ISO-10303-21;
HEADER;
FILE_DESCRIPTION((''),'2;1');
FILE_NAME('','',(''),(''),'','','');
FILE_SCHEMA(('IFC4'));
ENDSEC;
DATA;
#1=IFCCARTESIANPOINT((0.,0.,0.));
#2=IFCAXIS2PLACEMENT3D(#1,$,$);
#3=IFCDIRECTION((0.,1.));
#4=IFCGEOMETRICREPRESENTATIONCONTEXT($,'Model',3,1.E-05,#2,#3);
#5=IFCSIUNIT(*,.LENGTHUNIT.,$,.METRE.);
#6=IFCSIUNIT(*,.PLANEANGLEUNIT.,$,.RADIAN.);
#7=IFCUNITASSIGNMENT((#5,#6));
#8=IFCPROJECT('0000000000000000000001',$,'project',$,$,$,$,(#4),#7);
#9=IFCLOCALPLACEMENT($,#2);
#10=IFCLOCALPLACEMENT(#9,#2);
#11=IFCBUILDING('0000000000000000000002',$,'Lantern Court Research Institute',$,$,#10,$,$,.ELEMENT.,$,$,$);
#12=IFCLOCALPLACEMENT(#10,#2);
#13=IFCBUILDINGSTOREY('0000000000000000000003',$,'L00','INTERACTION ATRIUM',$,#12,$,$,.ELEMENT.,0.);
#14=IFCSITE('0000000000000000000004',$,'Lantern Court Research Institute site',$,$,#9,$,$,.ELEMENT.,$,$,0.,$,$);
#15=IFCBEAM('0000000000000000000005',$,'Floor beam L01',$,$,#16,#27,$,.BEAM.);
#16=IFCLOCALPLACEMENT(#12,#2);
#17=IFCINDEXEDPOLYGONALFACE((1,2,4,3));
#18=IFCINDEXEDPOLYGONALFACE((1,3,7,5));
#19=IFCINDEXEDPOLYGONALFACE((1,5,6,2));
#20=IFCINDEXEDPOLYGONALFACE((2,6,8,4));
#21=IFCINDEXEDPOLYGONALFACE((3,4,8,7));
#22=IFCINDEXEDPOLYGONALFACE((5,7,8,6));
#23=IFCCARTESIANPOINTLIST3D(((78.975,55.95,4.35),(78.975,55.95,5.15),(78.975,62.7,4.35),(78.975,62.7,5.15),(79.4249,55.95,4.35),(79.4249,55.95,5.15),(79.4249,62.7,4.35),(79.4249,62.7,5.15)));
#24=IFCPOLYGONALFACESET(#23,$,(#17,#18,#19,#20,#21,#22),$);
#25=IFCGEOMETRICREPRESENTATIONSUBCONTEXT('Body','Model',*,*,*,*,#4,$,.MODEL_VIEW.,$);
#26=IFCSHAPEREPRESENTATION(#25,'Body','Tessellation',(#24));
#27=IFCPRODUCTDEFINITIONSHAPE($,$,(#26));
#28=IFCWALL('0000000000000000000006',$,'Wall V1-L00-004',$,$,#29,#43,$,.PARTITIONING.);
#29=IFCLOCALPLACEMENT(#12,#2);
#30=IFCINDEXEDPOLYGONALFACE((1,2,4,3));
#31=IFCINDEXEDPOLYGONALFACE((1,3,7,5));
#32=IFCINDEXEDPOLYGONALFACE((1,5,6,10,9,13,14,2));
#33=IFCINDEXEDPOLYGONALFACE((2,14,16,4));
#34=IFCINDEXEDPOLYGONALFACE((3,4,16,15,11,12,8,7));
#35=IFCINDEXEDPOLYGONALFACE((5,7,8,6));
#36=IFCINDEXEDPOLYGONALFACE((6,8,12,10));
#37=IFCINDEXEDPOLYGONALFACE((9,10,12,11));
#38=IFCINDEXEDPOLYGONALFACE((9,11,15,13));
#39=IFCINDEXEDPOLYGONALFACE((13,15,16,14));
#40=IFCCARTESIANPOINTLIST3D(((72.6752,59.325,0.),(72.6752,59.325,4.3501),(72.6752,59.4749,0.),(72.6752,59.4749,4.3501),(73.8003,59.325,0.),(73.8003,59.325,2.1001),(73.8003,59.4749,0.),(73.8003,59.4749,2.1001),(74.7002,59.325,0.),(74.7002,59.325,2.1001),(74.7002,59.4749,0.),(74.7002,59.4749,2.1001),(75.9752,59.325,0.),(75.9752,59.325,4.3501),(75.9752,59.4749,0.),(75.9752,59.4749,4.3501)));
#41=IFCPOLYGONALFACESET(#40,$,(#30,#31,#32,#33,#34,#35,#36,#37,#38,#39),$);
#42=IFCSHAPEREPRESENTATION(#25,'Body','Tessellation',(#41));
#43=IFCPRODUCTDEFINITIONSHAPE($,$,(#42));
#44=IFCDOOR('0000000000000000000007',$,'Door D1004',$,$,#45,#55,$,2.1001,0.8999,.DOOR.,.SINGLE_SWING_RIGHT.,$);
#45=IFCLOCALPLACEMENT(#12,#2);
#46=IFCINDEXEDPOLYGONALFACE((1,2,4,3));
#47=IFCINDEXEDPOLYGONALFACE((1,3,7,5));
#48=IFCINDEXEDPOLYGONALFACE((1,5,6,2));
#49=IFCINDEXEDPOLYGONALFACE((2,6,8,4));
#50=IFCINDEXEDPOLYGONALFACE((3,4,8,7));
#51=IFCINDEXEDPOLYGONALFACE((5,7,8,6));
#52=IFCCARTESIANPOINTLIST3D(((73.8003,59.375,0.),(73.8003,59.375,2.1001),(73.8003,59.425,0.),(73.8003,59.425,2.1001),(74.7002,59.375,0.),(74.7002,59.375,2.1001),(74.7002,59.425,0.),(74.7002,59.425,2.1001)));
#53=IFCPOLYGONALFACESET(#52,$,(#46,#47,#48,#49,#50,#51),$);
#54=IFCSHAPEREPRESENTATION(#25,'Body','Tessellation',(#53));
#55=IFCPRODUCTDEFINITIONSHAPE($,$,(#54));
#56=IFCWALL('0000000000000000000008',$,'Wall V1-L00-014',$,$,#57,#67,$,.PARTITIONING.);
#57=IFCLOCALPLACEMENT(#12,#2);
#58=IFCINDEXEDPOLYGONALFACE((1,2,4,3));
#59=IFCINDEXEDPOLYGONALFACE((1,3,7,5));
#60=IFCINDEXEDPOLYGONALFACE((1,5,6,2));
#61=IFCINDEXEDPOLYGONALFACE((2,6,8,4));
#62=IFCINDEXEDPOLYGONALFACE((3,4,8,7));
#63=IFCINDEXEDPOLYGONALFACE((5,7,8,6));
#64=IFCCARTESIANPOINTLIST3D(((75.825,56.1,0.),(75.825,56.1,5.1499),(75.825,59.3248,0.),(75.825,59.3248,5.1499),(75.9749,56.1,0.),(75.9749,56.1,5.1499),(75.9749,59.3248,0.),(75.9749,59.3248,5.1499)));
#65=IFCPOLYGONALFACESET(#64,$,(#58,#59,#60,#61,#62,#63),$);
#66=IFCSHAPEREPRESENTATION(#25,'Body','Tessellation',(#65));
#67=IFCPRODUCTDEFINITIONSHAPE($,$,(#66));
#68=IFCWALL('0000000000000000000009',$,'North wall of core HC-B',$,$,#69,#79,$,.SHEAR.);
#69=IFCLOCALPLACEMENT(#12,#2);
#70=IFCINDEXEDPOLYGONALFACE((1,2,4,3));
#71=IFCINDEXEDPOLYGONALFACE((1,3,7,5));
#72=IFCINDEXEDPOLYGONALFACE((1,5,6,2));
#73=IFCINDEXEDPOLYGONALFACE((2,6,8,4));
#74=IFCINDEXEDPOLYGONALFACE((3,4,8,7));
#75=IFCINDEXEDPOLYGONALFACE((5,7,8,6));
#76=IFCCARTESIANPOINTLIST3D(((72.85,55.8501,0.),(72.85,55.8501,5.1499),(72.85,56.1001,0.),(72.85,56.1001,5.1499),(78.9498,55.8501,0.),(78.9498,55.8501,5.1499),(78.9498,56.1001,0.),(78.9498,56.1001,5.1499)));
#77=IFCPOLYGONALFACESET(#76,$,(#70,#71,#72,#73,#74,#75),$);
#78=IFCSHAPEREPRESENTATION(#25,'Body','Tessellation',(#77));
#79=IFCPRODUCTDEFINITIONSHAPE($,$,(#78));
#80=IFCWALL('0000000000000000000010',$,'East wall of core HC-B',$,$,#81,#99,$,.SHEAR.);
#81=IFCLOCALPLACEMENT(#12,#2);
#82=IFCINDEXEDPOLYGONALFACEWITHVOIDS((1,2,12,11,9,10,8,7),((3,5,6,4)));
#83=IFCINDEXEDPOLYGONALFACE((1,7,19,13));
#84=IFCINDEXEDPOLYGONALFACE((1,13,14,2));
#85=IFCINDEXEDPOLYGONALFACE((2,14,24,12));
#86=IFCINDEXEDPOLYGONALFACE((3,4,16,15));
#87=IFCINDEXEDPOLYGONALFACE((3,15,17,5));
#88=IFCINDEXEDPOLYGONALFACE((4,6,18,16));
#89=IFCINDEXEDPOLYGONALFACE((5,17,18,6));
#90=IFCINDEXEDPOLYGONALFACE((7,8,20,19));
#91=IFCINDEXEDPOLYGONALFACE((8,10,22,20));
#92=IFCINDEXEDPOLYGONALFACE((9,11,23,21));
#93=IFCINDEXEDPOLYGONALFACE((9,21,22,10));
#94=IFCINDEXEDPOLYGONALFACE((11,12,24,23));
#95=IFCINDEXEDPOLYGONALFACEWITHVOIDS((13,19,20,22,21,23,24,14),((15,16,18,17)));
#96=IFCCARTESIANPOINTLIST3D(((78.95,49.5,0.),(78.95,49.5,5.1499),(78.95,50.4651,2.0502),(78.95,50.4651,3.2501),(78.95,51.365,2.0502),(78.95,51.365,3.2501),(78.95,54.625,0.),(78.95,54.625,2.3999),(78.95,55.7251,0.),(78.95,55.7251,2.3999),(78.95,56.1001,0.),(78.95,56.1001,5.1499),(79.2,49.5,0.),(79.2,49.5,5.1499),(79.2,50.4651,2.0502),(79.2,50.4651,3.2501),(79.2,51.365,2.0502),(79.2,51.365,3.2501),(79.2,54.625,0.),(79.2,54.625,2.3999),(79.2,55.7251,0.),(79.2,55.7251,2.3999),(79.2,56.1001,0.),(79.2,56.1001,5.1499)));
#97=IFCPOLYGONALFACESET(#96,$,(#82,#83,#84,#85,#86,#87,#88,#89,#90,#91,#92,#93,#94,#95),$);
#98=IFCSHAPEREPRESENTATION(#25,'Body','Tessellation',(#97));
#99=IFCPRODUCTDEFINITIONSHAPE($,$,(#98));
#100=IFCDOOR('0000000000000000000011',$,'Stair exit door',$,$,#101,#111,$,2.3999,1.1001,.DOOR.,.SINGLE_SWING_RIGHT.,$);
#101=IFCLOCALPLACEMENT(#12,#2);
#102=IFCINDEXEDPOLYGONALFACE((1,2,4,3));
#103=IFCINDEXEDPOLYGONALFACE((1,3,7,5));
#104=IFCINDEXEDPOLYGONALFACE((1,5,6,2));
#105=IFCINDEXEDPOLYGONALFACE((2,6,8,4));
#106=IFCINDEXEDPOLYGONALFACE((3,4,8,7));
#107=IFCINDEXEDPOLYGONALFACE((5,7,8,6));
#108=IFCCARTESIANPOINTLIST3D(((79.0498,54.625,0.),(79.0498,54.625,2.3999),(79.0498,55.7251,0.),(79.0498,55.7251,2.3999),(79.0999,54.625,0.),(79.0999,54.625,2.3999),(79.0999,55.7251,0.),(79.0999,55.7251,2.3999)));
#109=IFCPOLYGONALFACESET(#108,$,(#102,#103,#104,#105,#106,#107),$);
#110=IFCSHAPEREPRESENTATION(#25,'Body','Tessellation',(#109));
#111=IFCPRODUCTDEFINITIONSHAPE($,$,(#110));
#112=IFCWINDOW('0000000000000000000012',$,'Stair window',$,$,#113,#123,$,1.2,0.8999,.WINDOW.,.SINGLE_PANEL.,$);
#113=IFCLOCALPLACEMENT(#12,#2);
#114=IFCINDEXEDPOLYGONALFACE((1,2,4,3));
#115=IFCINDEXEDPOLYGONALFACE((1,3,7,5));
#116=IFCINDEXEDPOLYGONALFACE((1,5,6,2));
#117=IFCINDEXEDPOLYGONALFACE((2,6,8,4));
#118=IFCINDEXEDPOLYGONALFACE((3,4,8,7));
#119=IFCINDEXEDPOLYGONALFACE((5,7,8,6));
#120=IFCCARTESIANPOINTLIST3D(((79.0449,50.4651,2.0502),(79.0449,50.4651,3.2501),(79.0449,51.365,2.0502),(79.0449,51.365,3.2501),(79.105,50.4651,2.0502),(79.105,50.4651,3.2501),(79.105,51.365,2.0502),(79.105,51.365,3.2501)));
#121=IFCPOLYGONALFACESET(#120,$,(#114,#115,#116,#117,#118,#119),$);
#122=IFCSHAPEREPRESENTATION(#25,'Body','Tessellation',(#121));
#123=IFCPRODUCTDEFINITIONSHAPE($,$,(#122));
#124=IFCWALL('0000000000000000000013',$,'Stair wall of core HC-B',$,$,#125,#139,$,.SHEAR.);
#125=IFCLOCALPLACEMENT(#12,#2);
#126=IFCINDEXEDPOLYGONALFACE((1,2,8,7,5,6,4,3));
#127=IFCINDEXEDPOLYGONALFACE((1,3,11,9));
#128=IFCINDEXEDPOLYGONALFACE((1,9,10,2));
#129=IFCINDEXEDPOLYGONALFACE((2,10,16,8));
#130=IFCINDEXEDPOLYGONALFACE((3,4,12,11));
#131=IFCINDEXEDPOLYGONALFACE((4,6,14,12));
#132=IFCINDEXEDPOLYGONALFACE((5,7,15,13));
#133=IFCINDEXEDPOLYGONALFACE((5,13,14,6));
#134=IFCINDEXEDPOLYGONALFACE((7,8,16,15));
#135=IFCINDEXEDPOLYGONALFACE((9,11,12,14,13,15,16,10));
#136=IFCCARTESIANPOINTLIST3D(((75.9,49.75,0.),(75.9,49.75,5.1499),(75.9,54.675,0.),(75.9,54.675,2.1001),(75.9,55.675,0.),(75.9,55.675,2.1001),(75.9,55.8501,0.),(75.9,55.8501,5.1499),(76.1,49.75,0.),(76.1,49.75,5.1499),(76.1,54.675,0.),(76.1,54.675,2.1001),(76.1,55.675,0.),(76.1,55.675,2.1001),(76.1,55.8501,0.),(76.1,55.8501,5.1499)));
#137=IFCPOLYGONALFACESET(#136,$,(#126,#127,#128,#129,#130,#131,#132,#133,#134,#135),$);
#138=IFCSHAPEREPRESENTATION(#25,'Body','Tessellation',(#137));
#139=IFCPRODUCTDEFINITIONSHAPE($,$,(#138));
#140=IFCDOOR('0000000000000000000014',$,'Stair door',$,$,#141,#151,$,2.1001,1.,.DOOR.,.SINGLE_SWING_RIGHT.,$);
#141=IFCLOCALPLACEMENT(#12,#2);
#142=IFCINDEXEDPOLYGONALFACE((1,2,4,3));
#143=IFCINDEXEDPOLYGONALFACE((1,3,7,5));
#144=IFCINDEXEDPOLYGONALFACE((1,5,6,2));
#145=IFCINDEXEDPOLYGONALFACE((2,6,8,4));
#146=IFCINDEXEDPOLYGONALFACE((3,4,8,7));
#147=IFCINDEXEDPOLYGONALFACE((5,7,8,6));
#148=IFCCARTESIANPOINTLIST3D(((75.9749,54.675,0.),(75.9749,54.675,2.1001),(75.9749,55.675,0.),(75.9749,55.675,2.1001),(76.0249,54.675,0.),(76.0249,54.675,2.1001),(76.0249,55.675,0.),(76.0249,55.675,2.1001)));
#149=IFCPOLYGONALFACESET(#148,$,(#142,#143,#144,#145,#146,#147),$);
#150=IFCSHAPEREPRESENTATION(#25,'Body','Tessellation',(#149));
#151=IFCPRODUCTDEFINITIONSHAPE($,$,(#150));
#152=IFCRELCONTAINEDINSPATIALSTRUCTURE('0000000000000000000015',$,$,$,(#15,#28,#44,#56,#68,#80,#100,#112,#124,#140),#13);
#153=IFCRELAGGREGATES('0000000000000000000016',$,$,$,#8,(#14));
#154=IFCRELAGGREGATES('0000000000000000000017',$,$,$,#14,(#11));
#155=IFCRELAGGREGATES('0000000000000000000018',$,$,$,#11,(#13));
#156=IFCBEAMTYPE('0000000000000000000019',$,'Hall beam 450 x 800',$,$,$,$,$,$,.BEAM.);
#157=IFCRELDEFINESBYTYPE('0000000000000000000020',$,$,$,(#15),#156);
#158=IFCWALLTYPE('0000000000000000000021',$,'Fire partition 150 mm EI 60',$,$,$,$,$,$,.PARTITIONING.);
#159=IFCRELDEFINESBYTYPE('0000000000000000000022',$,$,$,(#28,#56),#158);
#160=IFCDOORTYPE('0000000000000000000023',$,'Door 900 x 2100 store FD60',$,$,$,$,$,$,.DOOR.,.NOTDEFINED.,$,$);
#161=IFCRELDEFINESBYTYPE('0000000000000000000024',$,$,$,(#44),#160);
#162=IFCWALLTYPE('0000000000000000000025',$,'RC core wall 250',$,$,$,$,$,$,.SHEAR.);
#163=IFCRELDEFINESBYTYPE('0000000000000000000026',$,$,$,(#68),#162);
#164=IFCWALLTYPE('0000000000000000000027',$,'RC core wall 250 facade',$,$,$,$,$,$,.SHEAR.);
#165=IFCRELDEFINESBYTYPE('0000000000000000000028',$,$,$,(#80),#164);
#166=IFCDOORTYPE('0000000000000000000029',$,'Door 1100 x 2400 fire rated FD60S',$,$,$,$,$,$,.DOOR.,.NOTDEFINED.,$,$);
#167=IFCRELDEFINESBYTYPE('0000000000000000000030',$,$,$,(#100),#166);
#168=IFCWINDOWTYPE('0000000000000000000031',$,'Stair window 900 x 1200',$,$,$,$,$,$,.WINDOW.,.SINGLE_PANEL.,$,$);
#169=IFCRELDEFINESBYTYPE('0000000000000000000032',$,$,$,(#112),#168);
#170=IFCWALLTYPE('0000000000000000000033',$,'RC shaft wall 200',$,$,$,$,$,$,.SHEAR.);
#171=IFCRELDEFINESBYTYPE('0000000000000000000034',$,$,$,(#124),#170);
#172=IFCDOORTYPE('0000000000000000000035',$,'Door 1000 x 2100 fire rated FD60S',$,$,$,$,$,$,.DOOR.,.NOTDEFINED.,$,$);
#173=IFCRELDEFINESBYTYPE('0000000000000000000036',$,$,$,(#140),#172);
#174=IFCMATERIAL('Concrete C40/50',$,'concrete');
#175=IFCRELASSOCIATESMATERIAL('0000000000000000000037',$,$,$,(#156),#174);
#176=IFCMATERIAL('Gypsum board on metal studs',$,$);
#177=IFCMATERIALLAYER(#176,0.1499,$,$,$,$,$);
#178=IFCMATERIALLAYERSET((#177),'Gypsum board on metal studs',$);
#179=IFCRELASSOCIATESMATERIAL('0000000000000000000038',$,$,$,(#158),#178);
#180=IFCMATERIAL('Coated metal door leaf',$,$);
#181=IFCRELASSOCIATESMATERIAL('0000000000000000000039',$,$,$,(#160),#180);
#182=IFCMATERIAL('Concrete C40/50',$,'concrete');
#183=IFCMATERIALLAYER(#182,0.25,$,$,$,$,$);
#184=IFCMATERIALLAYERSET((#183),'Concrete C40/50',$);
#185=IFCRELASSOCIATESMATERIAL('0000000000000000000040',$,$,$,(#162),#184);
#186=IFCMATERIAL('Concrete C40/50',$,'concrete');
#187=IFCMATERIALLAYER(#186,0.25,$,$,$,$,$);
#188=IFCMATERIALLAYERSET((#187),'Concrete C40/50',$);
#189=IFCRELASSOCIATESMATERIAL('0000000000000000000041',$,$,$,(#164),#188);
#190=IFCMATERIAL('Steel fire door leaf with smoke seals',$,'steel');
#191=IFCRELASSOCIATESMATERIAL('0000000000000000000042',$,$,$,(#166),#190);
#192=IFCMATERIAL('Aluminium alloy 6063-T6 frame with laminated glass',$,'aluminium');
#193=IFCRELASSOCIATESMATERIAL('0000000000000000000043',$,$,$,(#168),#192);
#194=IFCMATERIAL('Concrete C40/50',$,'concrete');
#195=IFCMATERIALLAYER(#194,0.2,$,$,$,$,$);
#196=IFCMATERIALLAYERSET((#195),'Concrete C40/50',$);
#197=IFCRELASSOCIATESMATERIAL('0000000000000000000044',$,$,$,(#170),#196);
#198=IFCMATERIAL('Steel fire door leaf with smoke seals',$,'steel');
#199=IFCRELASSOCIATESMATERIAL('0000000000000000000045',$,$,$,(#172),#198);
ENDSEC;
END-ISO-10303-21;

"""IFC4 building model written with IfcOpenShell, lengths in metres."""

from ifc_helpers import new_model, si_unit, direction, frame, frame_2d, origin, origin_2d, place, context, subcontext, project, spatial, rectangle, extrude, material, layer, layer_set, material_profile, profile_set, type_object, element, fill, save


model = new_model("IFC4")

# Units and contexts
model_context = context("Model", 3, precision=1e-05, world=origin(), true_north=direction((0.0, 1.0)))
body_context = subcontext(model_context, "Body", "Model", "MODEL_VIEW")
ifc_project = project(units=[si_unit("LENGTHUNIT", "METRE"), si_unit("PLANEANGLEUNIT", "RADIAN")], contexts=[model_context])

# Site, building, storey
site_placement = place(None, origin())
site = spatial("IfcSite", under=ifc_project, at=site_placement, Name="Lantern Court Research Institute site", CompositionType="ELEMENT", RefElevation=0.0)
building_placement = place(site_placement, origin())
building = spatial("IfcBuilding", under=site, at=building_placement, Name="Lantern Court Research Institute", CompositionType="ELEMENT")
storey_placement = place(building_placement, origin())
storey = spatial("IfcBuildingStorey", under=building, at=storey_placement, Name="L00", Description="INTERACTION ATRIUM", CompositionType="ELEMENT", Elevation=0.0)

# Beam
ifc_material_1 = material(Name="Concrete C40/50", Category="concrete")
ifc_material_profile = material_profile(ifc_material_1, rectangle(XDim=0.45, YDim=0.8, at=origin_2d()), Name="Hall beam 450 x 800")
ifc_profile_set = profile_set([ifc_material_profile], Name="Concrete C40/50")
beam_type = type_object("IfcBeamType", Name="Hall beam 450 x 800", PredefinedType="BEAM", material=ifc_profile_set)
beam_placement = place(storey_placement, frame((79.2, 55.95, 4.75), z_axis=(0.0, 1.0, 0.0), x_axis=(-1.0, 0.0, 0.0)))
element("IfcBeam", 1, at=beam_placement, inside=storey, type_object=beam_type, Name="Floor beam L01", PredefinedType="BEAM", context=body_context, shape_type="SweptSolid", body=[
    extrude(rectangle(XDim=0.45, YDim=0.8, at=origin_2d()), origin(), (0.0, 0.0, 1.0), 6.75),
])

# Wall, opening, door
ifc_material_2 = material(Name="Gypsum board on metal studs")
ifc_layer_1 = layer(ifc_material_2, 0.1499)
ifc_layer_set_1 = layer_set([ifc_layer_1], Name="Gypsum board on metal studs")
wall_type_1 = type_object("IfcWallType", Name="Fire partition 150 mm EI 60", PredefinedType="PARTITIONING", material=ifc_layer_set_1)
wall_1_placement = place(storey_placement, frame((75.9751, 59.3999, 0.0), z_axis=(0.0, 0.0, 1.0), x_axis=(-1.0, 0.0, 0.0)))
wall_1 = element("IfcWall", 2, at=wall_1_placement, inside=storey, type_object=wall_type_1, Name="Wall V1-L00-004", PredefinedType="PARTITIONING", context=body_context, shape_type="SweptSolid", body=[
    extrude(rectangle(XDim=3.3, YDim=0.1499, at=frame_2d((1.6499, 0.0))), origin(), (0.0, 0.0, 1.0), 4.3501),
])
opening_1_placement = place(wall_1_placement, frame((1.2749, 0.0, 0.0)))
opening_1 = element("IfcOpeningElement", 3, at=opening_1_placement, cuts=wall_1, PredefinedType="OPENING", context=body_context, shape_type="SweptSolid", body=[
    extrude(rectangle(XDim=0.8999, YDim=2.1001, at=frame_2d((0.45, 1.05))), frame((0.0, 0.085, 0.0), z_axis=(0.0, -1.0, 0.0), x_axis=(1.0, 0.0, 0.0)), (0.0, 0.0, 1.0), 0.1699),
])
ifc_material_3 = material(Name="Coated metal door leaf")
door_type_1 = type_object("IfcDoorType", Name="Door 900 x 2100 store FD60", OperationType="NOTDEFINED", PredefinedType="DOOR", material=ifc_material_3)
door_1_placement = place(opening_1_placement, origin())
door_1 = element("IfcDoor", 4, at=door_1_placement, inside=storey, type_object=door_type_1, Name="Door D1004", OperationType="SINGLE_SWING_RIGHT", OverallHeight=2.1001, OverallWidth=0.8999, PredefinedType="DOOR", context=body_context, shape_type="SweptSolid", body=[
    extrude(rectangle(XDim=0.8999, YDim=2.1001, at=frame_2d((0.45, 1.05))), frame((0.0, 0.0249, 0.0), z_axis=(0.0, -1.0, 0.0), x_axis=(1.0, 0.0, 0.0)), (0.0, 0.0, 1.0), 0.05),
])
fill(opening_1, door_1)

# Walls
wall_2_placement = place(storey_placement, frame((75.8999, 56.1001, 0.0), z_axis=(0.0, 0.0, 1.0), x_axis=(0.0, 1.0, 0.0)))
element("IfcWall", 5, at=wall_2_placement, inside=storey, type_object=wall_type_1, Name="Wall V1-L00-014", PredefinedType="PARTITIONING", context=body_context, shape_type="SweptSolid", body=[
    extrude(rectangle(XDim=3.2249, YDim=0.1499, at=frame_2d((1.6123, 0.0))), origin(), (0.0, 0.0, 1.0), 5.1499),
])
ifc_material_4 = material(Name="Concrete C40/50", Category="concrete")
ifc_layer_2 = layer(ifc_material_4, 0.25)
ifc_layer_set_2 = layer_set([ifc_layer_2], Name="Concrete C40/50")
wall_type_2 = type_object("IfcWallType", Name="RC core wall 250", PredefinedType="SHEAR", material=ifc_layer_set_2)
wall_3_placement = place(storey_placement, frame((72.8501, 55.9751, 0.0), z_axis=(0.0, 0.0, 1.0), x_axis=(1.0, 0.0, 0.0)))
element("IfcWall", 6, at=wall_3_placement, inside=storey, type_object=wall_type_2, Name="North wall of core HC-B", PredefinedType="SHEAR", context=body_context, shape_type="SweptSolid", body=[
    extrude(rectangle(XDim=6.0999, YDim=0.25, at=frame_2d((3.0498, 0.0))), origin(), (0.0, 0.0, 1.0), 5.1499),
])

# Wall, openings, door, window
ifc_material_5 = material(Name="Concrete C40/50", Category="concrete")
ifc_layer_3 = layer(ifc_material_5, 0.25)
ifc_layer_set_3 = layer_set([ifc_layer_3], Name="Concrete C40/50")
wall_type_3 = type_object("IfcWallType", Name="RC core wall 250 facade", PredefinedType="SHEAR", material=ifc_layer_set_3)
wall_4_placement = place(storey_placement, frame((79.075, 56.1001, 0.0), z_axis=(0.0, 0.0, 1.0), x_axis=(0.0, -1.0, 0.0)))
wall_4 = element("IfcWall", 7, at=wall_4_placement, inside=storey, type_object=wall_type_3, Name="East wall of core HC-B", PredefinedType="SHEAR", context=body_context, shape_type="SweptSolid", body=[
    extrude(rectangle(XDim=6.6001, YDim=0.25, at=frame_2d((3.3, 0.0))), origin(), (0.0, 0.0, 1.0), 5.1499),
])
opening_2_placement = place(wall_4_placement, frame((0.375, 0.0, 0.0)))
opening_2 = element("IfcOpeningElement", 8, at=opening_2_placement, cuts=wall_4, PredefinedType="OPENING", context=body_context, shape_type="SweptSolid", body=[
    extrude(rectangle(XDim=1.1001, YDim=2.3999, at=frame_2d((0.55, 1.2))), frame((0.0, 0.135, 0.0), z_axis=(0.0, -1.0, 0.0), x_axis=(1.0, 0.0, 0.0)), (0.0, 0.0, 1.0), 0.27),
])
opening_3_placement = place(wall_4_placement, frame((4.7351, 0.0, 2.05)))
opening_3 = element("IfcOpeningElement", 9, at=opening_3_placement, cuts=wall_4, PredefinedType="OPENING", context=body_context, shape_type="SweptSolid", body=[
    extrude(rectangle(XDim=0.8999, YDim=1.2, at=frame_2d((0.45, 0.6001))), frame((0.0, 0.135, 0.0), z_axis=(0.0, -1.0, 0.0), x_axis=(1.0, 0.0, 0.0)), (0.0, 0.0, 1.0), 0.27),
])
ifc_material_6 = material(Name="Steel fire door leaf with smoke seals", Category="steel")
door_type_2 = type_object("IfcDoorType", Name="Door 1100 x 2400 fire rated FD60S", OperationType="NOTDEFINED", PredefinedType="DOOR", material=ifc_material_6)
door_2_placement = place(opening_2_placement, origin())
door_2 = element("IfcDoor", 10, at=door_2_placement, inside=storey, type_object=door_type_2, Name="Stair exit door", OperationType="SINGLE_SWING_RIGHT", OverallHeight=2.3999, OverallWidth=1.1001, PredefinedType="DOOR", context=body_context, shape_type="SweptSolid", body=[
    extrude(rectangle(XDim=1.1001, YDim=2.3999, at=frame_2d((0.55, 1.2))), frame((0.0, 0.0249, 0.0), z_axis=(0.0, -1.0, 0.0), x_axis=(1.0, 0.0, 0.0)), (0.0, 0.0, 1.0), 0.05),
])
fill(opening_2, door_2)
ifc_material_7 = material(Name="Aluminium alloy 6063-T6 frame with laminated glass", Category="aluminium")
window_type = type_object("IfcWindowType", Name="Stair window 900 x 1200", PartitioningType="SINGLE_PANEL", PredefinedType="WINDOW", material=ifc_material_7)
window_placement = place(opening_3_placement, origin())
window = element("IfcWindow", 11, at=window_placement, inside=storey, type_object=window_type, Name="Stair window", OverallHeight=1.2, OverallWidth=0.8999, PartitioningType="SINGLE_PANEL", PredefinedType="WINDOW", context=body_context, shape_type="SweptSolid", body=[
    extrude(rectangle(XDim=0.8999, YDim=1.2, at=frame_2d((0.45, 0.6001))), frame((0.0, 0.03, 0.0), z_axis=(0.0, -1.0, 0.0), x_axis=(1.0, 0.0, 0.0)), (0.0, 0.0, 1.0), 0.0601),
])
fill(opening_3, window)

# Wall, opening, door
ifc_material_8 = material(Name="Concrete C40/50", Category="concrete")
ifc_layer_4 = layer(ifc_material_8, 0.2)
ifc_layer_set_4 = layer_set([ifc_layer_4], Name="Concrete C40/50")
wall_type_4 = type_object("IfcWallType", Name="RC shaft wall 200", PredefinedType="SHEAR", material=ifc_layer_set_4)
wall_5_placement = place(storey_placement, frame((76.0, 55.8501, 0.0), z_axis=(0.0, 0.0, 1.0), x_axis=(0.0, -1.0, 0.0)))
wall_5 = element("IfcWall", 12, at=wall_5_placement, inside=storey, type_object=wall_type_4, Name="Stair wall of core HC-B", PredefinedType="SHEAR", context=body_context, shape_type="SweptSolid", body=[
    extrude(rectangle(XDim=6.1001, YDim=0.2, at=frame_2d((3.05, 0.0))), origin(), (0.0, 0.0, 1.0), 5.1499),
])
opening_4_placement = place(wall_5_placement, frame((0.175, 0.0, 0.0)))
opening_4 = element("IfcOpeningElement", 13, at=opening_4_placement, cuts=wall_5, PredefinedType="OPENING", context=body_context, shape_type="SweptSolid", body=[
    extrude(rectangle(XDim=1.0, YDim=2.1001, at=frame_2d((0.5, 1.05))), frame((0.0, 0.1099, 0.0), z_axis=(0.0, -1.0, 0.0), x_axis=(1.0, 0.0, 0.0)), (0.0, 0.0, 1.0), 0.22),
])
ifc_material_9 = material(Name="Steel fire door leaf with smoke seals", Category="steel")
door_type_3 = type_object("IfcDoorType", Name="Door 1000 x 2100 fire rated FD60S", OperationType="NOTDEFINED", PredefinedType="DOOR", material=ifc_material_9)
door_3_placement = place(opening_4_placement, origin())
door_3 = element("IfcDoor", 14, at=door_3_placement, inside=storey, type_object=door_type_3, Name="Stair door", OperationType="SINGLE_SWING_RIGHT", OverallHeight=2.1001, OverallWidth=1.0, PredefinedType="DOOR", context=body_context, shape_type="SweptSolid", body=[
    extrude(rectangle(XDim=1.0, YDim=2.1001, at=frame_2d((0.5, 1.05))), frame((0.0, 0.0249, 0.0), z_axis=(0.0, -1.0, 0.0), x_axis=(1.0, 0.0, 0.0)), (0.0, 0.0, 1.0), 0.05),
])
fill(opening_4, door_3)

save(model, "model.ifc")
